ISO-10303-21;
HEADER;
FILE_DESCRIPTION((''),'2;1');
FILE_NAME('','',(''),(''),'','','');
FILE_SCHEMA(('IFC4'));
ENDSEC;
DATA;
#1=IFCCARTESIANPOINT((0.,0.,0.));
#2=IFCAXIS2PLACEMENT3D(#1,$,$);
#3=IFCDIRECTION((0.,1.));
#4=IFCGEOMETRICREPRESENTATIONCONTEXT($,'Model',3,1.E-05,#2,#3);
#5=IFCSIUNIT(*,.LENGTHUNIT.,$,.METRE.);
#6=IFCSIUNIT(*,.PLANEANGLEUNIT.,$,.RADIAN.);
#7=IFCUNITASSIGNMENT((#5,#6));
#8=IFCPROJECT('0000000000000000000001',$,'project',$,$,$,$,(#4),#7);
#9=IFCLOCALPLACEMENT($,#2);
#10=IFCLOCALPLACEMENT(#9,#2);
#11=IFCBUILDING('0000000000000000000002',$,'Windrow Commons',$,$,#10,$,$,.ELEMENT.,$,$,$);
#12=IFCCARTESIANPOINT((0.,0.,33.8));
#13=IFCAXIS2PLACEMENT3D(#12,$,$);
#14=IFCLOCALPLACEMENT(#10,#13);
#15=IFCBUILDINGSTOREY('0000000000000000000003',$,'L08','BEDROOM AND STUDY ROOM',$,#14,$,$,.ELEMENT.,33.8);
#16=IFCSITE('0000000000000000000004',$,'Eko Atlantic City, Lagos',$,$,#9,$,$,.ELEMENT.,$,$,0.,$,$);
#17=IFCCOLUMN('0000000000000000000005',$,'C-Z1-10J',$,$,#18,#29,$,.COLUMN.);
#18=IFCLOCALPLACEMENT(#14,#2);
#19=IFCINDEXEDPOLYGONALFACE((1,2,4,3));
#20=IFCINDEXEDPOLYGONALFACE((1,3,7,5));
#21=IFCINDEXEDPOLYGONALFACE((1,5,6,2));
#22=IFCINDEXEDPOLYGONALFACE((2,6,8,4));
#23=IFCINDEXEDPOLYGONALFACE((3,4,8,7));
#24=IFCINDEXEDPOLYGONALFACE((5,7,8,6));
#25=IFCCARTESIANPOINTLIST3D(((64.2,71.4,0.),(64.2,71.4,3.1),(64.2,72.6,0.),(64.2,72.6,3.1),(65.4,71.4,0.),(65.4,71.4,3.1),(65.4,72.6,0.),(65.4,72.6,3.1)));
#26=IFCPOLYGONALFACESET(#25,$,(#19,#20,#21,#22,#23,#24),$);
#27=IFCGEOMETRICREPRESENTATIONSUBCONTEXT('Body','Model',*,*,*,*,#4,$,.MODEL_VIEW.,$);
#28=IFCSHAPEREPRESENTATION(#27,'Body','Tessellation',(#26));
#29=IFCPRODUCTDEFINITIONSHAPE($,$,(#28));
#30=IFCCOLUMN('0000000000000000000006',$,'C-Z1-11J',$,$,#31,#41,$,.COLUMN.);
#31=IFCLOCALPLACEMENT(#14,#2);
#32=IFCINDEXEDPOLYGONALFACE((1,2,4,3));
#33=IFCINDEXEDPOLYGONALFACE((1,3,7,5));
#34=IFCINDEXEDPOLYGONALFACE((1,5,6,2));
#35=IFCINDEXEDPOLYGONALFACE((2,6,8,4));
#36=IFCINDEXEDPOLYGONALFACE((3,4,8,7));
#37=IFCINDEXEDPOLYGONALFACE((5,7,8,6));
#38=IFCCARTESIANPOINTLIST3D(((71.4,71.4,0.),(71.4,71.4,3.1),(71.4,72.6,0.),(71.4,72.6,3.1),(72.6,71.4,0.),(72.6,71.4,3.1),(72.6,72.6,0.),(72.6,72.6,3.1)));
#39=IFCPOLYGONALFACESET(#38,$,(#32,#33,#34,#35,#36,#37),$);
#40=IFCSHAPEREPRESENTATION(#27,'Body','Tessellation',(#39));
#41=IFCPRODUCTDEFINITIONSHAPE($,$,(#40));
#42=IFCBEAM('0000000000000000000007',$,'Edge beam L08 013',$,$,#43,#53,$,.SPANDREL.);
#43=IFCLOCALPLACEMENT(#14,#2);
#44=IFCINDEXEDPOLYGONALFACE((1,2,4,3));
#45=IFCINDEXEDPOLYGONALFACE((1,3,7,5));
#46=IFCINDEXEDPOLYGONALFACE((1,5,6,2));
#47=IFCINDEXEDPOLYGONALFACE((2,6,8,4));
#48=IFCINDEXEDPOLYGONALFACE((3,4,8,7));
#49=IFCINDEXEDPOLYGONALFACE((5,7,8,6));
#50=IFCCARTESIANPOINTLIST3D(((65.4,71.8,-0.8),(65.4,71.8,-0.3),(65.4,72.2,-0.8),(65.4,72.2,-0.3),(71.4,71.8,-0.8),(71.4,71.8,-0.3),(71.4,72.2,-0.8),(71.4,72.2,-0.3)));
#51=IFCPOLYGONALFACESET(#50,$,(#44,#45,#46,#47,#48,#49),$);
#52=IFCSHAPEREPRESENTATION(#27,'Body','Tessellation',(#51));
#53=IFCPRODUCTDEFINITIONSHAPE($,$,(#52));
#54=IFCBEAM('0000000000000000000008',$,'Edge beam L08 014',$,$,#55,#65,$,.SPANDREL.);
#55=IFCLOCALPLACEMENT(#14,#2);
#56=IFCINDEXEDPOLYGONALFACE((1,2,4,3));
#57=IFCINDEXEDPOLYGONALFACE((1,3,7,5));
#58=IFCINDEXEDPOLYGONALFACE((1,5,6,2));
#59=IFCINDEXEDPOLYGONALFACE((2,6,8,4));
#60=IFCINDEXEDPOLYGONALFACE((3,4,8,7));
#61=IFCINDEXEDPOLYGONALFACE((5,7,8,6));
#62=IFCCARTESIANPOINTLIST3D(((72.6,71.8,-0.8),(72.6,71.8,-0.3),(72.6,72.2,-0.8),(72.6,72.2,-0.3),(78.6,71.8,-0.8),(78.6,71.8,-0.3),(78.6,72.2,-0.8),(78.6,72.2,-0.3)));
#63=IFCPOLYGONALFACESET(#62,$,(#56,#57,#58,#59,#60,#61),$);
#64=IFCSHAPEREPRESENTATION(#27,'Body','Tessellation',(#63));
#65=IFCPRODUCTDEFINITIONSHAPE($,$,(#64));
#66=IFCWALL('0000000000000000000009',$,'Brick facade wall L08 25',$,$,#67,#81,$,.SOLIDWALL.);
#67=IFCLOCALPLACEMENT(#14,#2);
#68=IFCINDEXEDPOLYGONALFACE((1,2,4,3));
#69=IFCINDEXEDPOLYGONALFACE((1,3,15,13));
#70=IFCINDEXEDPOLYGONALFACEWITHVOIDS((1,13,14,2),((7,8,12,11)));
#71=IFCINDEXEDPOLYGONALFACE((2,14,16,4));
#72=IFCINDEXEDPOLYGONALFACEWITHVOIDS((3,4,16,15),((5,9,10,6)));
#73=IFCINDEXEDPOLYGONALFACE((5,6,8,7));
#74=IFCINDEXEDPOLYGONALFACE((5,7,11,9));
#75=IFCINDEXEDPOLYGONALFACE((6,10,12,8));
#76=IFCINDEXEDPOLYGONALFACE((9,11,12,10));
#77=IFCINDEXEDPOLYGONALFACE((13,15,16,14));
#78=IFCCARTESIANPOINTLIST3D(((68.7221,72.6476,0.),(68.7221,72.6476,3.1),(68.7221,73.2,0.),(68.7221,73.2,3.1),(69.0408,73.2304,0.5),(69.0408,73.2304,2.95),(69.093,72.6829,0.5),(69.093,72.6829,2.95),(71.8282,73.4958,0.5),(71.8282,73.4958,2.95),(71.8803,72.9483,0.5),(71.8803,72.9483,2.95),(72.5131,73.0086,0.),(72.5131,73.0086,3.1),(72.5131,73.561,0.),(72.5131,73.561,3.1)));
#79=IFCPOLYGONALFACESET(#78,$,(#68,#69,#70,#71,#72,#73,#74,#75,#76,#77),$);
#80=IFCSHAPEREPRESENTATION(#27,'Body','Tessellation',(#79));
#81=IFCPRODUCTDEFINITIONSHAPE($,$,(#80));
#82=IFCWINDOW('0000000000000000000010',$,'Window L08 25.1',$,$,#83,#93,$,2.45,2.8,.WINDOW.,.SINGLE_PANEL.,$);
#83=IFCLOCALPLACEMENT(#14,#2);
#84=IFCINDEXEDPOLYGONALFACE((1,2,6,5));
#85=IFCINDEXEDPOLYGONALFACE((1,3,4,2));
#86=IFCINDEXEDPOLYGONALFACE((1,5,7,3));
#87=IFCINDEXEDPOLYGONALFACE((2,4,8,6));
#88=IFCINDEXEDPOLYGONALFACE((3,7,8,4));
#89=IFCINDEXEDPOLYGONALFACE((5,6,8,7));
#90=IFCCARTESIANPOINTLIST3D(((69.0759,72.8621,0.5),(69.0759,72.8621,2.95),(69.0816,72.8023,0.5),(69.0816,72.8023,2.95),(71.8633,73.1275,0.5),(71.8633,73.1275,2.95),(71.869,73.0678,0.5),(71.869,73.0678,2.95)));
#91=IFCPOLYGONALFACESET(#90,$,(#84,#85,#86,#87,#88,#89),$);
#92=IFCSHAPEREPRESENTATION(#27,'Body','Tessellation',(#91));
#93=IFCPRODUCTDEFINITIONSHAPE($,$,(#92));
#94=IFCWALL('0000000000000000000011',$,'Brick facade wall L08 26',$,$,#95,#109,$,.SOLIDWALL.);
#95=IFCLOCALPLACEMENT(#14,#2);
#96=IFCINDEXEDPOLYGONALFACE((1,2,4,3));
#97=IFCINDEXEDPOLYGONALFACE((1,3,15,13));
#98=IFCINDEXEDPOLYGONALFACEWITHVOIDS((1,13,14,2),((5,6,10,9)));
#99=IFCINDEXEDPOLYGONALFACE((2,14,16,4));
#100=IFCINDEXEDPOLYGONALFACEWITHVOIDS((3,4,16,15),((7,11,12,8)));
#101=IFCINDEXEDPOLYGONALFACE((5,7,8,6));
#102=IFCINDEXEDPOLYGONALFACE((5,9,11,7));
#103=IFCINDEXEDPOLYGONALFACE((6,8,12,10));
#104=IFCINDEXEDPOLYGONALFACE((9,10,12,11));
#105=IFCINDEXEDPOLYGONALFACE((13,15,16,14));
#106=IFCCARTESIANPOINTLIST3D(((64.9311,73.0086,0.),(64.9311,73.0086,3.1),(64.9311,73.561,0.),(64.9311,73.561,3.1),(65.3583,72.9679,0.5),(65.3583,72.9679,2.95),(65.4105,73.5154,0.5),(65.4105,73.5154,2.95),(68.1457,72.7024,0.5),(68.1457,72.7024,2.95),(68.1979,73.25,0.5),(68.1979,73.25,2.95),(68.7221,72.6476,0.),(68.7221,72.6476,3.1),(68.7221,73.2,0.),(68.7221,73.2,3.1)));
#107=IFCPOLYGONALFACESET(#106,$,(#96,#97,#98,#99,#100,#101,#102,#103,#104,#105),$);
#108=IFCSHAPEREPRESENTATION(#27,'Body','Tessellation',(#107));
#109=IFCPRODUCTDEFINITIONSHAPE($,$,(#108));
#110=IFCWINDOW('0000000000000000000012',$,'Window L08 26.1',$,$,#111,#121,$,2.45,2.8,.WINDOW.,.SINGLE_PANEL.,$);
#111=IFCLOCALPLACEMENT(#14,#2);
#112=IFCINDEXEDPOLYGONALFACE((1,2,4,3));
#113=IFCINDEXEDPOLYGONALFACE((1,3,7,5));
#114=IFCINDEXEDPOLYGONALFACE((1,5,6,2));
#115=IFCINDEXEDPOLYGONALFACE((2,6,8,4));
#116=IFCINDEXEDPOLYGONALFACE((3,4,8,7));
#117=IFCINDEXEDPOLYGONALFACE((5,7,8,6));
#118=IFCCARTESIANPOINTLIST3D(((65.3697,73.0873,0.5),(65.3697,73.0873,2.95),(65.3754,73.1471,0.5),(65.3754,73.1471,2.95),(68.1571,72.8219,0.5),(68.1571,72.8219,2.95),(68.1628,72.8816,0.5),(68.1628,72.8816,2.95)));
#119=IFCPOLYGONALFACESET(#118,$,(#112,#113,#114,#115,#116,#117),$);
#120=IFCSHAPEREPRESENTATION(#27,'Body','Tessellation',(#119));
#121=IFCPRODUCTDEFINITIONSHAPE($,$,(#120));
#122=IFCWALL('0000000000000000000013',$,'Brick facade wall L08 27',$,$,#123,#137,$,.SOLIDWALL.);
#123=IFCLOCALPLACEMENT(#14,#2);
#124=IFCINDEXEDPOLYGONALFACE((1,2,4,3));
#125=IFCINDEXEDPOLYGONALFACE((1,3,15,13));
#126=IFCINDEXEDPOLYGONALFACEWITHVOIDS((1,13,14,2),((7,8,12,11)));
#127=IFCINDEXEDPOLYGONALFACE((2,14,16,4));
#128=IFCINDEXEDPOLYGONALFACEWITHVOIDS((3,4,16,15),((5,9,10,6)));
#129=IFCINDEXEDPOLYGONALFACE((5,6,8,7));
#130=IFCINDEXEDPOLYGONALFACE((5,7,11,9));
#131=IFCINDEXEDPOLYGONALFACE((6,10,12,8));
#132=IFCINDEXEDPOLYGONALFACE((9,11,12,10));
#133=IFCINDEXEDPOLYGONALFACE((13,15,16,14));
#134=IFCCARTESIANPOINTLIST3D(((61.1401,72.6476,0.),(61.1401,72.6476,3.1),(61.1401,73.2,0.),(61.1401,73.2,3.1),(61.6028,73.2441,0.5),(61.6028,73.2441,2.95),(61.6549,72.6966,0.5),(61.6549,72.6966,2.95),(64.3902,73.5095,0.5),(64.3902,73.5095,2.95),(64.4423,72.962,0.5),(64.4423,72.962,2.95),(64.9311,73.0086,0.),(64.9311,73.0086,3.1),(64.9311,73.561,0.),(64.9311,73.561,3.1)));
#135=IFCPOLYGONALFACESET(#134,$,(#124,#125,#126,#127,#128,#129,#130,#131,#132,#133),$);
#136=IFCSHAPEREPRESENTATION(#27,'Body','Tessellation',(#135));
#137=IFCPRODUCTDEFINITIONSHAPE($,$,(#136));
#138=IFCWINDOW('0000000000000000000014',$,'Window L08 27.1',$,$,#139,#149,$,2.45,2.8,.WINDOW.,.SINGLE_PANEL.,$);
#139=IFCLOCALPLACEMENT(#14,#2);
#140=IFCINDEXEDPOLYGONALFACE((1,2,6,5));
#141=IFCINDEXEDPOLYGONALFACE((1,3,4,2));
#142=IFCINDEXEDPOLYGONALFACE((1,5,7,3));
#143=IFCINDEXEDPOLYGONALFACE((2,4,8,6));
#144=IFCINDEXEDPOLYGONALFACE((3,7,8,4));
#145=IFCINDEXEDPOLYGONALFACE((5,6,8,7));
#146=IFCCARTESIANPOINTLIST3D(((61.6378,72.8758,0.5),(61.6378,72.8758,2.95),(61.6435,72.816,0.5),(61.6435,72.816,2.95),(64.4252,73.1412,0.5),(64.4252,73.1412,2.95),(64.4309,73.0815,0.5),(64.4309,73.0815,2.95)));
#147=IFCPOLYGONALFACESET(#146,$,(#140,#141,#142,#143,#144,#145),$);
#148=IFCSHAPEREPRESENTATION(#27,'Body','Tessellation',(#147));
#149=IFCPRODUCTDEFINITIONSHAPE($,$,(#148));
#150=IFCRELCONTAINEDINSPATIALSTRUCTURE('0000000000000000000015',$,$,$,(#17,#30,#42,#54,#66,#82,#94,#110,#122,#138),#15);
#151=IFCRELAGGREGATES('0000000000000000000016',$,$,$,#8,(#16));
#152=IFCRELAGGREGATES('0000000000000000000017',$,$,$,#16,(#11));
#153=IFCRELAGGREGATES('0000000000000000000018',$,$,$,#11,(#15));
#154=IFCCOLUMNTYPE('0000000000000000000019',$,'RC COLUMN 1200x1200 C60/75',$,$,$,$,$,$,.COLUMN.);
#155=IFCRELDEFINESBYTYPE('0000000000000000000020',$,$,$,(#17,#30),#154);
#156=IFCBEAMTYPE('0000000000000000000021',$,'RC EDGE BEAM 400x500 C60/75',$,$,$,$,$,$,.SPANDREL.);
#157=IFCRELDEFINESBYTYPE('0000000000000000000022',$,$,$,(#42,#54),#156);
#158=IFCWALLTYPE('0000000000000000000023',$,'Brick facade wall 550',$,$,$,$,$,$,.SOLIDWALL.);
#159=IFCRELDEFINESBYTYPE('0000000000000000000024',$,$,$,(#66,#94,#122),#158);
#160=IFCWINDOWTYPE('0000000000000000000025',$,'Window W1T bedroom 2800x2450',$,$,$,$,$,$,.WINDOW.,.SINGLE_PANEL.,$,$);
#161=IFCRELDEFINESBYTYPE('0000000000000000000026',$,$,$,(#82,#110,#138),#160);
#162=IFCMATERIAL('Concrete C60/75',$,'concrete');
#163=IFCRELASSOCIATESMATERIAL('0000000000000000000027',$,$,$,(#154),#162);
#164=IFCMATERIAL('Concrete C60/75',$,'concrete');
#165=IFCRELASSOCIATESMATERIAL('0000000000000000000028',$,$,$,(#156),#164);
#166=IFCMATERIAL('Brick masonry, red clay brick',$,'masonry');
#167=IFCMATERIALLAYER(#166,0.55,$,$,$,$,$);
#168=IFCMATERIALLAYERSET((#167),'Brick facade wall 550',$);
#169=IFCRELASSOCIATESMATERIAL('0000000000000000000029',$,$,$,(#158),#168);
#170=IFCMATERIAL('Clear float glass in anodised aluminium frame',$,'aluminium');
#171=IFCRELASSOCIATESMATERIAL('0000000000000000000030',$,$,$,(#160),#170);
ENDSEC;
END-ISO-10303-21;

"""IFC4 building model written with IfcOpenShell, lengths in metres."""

from ifc_helpers import new_model, si_unit, direction, frame, frame_2d, origin, origin_2d, place, context, subcontext, project, spatial, polyline, rectangle, outline, extrude, material, layer, layer_set, material_profile, profile_set, type_object, element, fill, save


model = new_model("IFC4")

# Units and contexts
model_context = context("Model", 3, precision=1e-05, world=origin(), true_north=direction((0.0, 1.0)))
body_context = subcontext(model_context, "Body", "Model", "MODEL_VIEW")
ifc_project = project(units=[si_unit("LENGTHUNIT", "METRE"), si_unit("PLANEANGLEUNIT", "RADIAN")], contexts=[model_context])

# Site, building, storey
site_placement = place(None, origin())
site = spatial("IfcSite", under=ifc_project, at=site_placement, Name="Eko Atlantic City, Lagos", CompositionType="ELEMENT", RefElevation=0.0)
building_placement = place(site_placement, origin())
building = spatial("IfcBuilding", under=site, at=building_placement, Name="Windrow Commons", CompositionType="ELEMENT")
storey_placement = place(building_placement, frame((0.0, 0.0, 33.8)))
storey = spatial("IfcBuildingStorey", under=building, at=storey_placement, Name="L08", Description="BEDROOM AND STUDY ROOM", CompositionType="ELEMENT", Elevation=33.8)

# Columns
ifc_material_1 = material(Name="Concrete C60/75", Category="concrete")
ifc_material_profile_1 = material_profile(ifc_material_1, rectangle(XDim=1.2, YDim=1.2, at=origin_2d()))
ifc_profile_set_1 = profile_set([ifc_material_profile_1], Name="Concrete C60/75")
column_type = type_object("IfcColumnType", Name="RC COLUMN 1200x1200 C60/75", PredefinedType="COLUMN", material=ifc_profile_set_1)
for number, where, z_axis, x_axis, name in (
    (1, (64.8, 72.0, 0.0), (0.0, 0.0, 1.0), (1.0, 0.0, 0.0), "C-Z1-10J"),
    (2, (72.0, 72.0, 0.0), (0.0, 0.0, 1.0), (1.0, 0.0, 0.0), "C-Z1-11J"),
):
    element("IfcColumn", number, at=place(storey_placement, frame(where, z_axis=z_axis, x_axis=x_axis)), inside=storey, type_object=column_type, Name=name, PredefinedType="COLUMN", context=body_context, shape_type="SweptSolid", body=[
        extrude(rectangle(XDim=1.2, YDim=1.2, at=origin_2d()), origin(), (0.0, 0.0, 1.0), 3.1),
    ])

# Beams
ifc_material_2 = material(Name="Concrete C60/75", Category="concrete")
ifc_material_profile_2 = material_profile(ifc_material_2, rectangle(XDim=0.4, YDim=0.5, at=origin_2d()))
ifc_profile_set_2 = profile_set([ifc_material_profile_2], Name="Concrete C60/75")
beam_type = type_object("IfcBeamType", Name="RC EDGE BEAM 400x500 C60/75", PredefinedType="SPANDREL", material=ifc_profile_set_2)
for number, where, z_axis, x_axis, name in (
    (3, (65.4, 72.0, -0.55), (1.0, 0.0, 0.0), (0.0, 1.0, 0.0), "Edge beam L08 013"),
    (4, (72.6, 72.0, -0.55), (1.0, 0.0, 0.0), (0.0, 1.0, 0.0), "Edge beam L08 014"),
):
    element("IfcBeam", number, at=place(storey_placement, frame(where, z_axis=z_axis, x_axis=x_axis)), inside=storey, type_object=beam_type, Name=name, PredefinedType="SPANDREL", context=body_context, shape_type="SweptSolid", body=[
        extrude(rectangle(XDim=0.4, YDim=0.5, at=origin_2d()), origin(), (0.0, 0.0, 1.0), 6.0),
    ])

# Walls, openings, windows
ifc_material_3 = material(Name="Brick masonry, red clay brick", Category="masonry")
ifc_layer_1 = layer(ifc_material_3, 0.55)
ifc_layer_set_1 = layer_set([ifc_layer_1], Name="Brick facade wall 550")
wall_type_1 = type_object("IfcWallType", Name="Brick facade wall 550", PredefinedType="SOLIDWALL", material=ifc_layer_set_1)
wall_1_placement = place(storey_placement, frame((72.5131, 73.2848, 0.0), z_axis=(0.0, 0.0, 1.0), x_axis=(-0.995497, -0.094797, 0.0)))
wall_1 = element("IfcWall", 5, at=wall_1_placement, inside=storey, type_object=wall_type_1, Name="Brick facade wall L08 25", PredefinedType="SOLIDWALL", context=body_context, shape_type="SweptSolid", body=[
    extrude(outline(polyline([(-0.0262, -0.275), (3.782, -0.275), (3.8343, 0.275), (0.0262, 0.275), (-0.0262, -0.275)])), origin(), (0.0, 0.0, 1.0), 3.1),
])
opening_1_placement = place(wall_1_placement, frame((0.6618, 0.0, 0.5)))
opening_1 = element("IfcOpeningElement", 6, at=opening_1_placement, cuts=wall_1, PredefinedType="OPENING", context=body_context, shape_type="SweptSolid", body=[
    extrude(rectangle(XDim=2.8, YDim=2.45, at=frame_2d((1.4, 1.225))), frame((0.0, 0.285, 0.0), z_axis=(0.0, -1.0, 0.0), x_axis=(1.0, 0.0, 0.0)), (0.0, 0.0, 1.0), 0.57),
])
ifc_material_4 = material(Name="Clear float glass in anodised aluminium frame", Category="aluminium")
window_type = type_object("IfcWindowType", Name="Window W1T bedroom 2800x2450", PartitioningType="SINGLE_PANEL", PredefinedType="WINDOW", material=ifc_material_4)
window_1_placement = place(opening_1_placement, origin())
window_1 = element("IfcWindow", 7, at=window_1_placement, inside=storey, type_object=window_type, Name="Window L08 25.1", OverallHeight=2.45, OverallWidth=2.8, PartitioningType="SINGLE_PANEL", PredefinedType="WINDOW", context=body_context, shape_type="SweptSolid", body=[
    extrude(rectangle(XDim=2.8, YDim=2.45, at=frame_2d((1.4, 1.225))), frame((0.0, 0.155, 0.0), z_axis=(0.0, -1.0, 0.0), x_axis=(1.0, 0.0, 0.0)), (0.0, 0.0, 1.0), 0.06),
])
fill(opening_1, window_1)
wall_2_placement = place(storey_placement, frame((68.7221, 72.9238, 0.0), z_axis=(0.0, 0.0, 1.0), x_axis=(-0.995497, 0.094797, 0.0)))
wall_2 = element("IfcWall", 8, at=wall_2_placement, inside=storey, type_object=wall_type_1, Name="Brick facade wall L08 26", PredefinedType="SOLIDWALL", context=body_context, shape_type="SweptSolid", body=[
    extrude(outline(polyline([(0.0262, -0.275), (3.8343, -0.275), (3.782, 0.275), (-0.0262, 0.275), (0.0262, -0.275)])), origin(), (0.0, 0.0, 1.0), 3.1),
])
opening_2_placement = place(wall_2_placement, frame((0.5528, 0.0, 0.5)))
opening_2 = element("IfcOpeningElement", 9, at=opening_2_placement, cuts=wall_2, PredefinedType="OPENING", context=body_context, shape_type="SweptSolid", body=[
    extrude(rectangle(XDim=2.8, YDim=2.45, at=frame_2d((1.4, 1.225))), frame((0.0, 0.285, 0.0), z_axis=(0.0, -1.0, 0.0), x_axis=(1.0, 0.0, 0.0)), (0.0, 0.0, 1.0), 0.57),
])
window_2_placement = place(opening_2_placement, origin())
window_2 = element("IfcWindow", 10, at=window_2_placement, inside=storey, type_object=window_type, Name="Window L08 26.1", OverallHeight=2.45, OverallWidth=2.8, PartitioningType="SINGLE_PANEL", PredefinedType="WINDOW", context=body_context, shape_type="SweptSolid", body=[
    extrude(rectangle(XDim=2.8, YDim=2.45, at=frame_2d((1.4, 1.225))), frame((0.0, 0.155, 0.0), z_axis=(0.0, -1.0, 0.0), x_axis=(1.0, 0.0, 0.0)), (0.0, 0.0, 1.0), 0.06),
])
fill(opening_2, window_2)
wall_3_placement = place(storey_placement, frame((64.9311, 73.2848, 0.0), z_axis=(0.0, 0.0, 1.0), x_axis=(-0.995497, -0.094797, 0.0)))
wall_3 = element("IfcWall", 11, at=wall_3_placement, inside=storey, type_object=wall_type_1, Name="Brick facade wall L08 27", PredefinedType="SOLIDWALL", context=body_context, shape_type="SweptSolid", body=[
    extrude(outline(polyline([(-0.0262, -0.275), (3.782, -0.275), (3.8343, 0.275), (0.0262, 0.275), (-0.0262, -0.275)])), origin(), (0.0, 0.0, 1.0), 3.1),
])
opening_3_placement = place(wall_3_placement, frame((0.5172, 0.0, 0.5)))
opening_3 = element("IfcOpeningElement", 12, at=opening_3_placement, cuts=wall_3, PredefinedType="OPENING", context=body_context, shape_type="SweptSolid", body=[
    extrude(rectangle(XDim=2.8, YDim=2.45, at=frame_2d((1.4, 1.225))), frame((0.0, 0.285, 0.0), z_axis=(0.0, -1.0, 0.0), x_axis=(1.0, 0.0, 0.0)), (0.0, 0.0, 1.0), 0.57),
])
window_3_placement = place(opening_3_placement, origin())
window_3 = element("IfcWindow", 13, at=window_3_placement, inside=storey, type_object=window_type, Name="Window L08 27.1", OverallHeight=2.45, OverallWidth=2.8, PartitioningType="SINGLE_PANEL", PredefinedType="WINDOW", context=body_context, shape_type="SweptSolid", body=[
    extrude(rectangle(XDim=2.8, YDim=2.45, at=frame_2d((1.4, 1.225))), frame((0.0, 0.155, 0.0), z_axis=(0.0, -1.0, 0.0), x_axis=(1.0, 0.0, 0.0)), (0.0, 0.0, 1.0), 0.06),
])
fill(opening_3, window_3)

save(model, "model.ifc")
